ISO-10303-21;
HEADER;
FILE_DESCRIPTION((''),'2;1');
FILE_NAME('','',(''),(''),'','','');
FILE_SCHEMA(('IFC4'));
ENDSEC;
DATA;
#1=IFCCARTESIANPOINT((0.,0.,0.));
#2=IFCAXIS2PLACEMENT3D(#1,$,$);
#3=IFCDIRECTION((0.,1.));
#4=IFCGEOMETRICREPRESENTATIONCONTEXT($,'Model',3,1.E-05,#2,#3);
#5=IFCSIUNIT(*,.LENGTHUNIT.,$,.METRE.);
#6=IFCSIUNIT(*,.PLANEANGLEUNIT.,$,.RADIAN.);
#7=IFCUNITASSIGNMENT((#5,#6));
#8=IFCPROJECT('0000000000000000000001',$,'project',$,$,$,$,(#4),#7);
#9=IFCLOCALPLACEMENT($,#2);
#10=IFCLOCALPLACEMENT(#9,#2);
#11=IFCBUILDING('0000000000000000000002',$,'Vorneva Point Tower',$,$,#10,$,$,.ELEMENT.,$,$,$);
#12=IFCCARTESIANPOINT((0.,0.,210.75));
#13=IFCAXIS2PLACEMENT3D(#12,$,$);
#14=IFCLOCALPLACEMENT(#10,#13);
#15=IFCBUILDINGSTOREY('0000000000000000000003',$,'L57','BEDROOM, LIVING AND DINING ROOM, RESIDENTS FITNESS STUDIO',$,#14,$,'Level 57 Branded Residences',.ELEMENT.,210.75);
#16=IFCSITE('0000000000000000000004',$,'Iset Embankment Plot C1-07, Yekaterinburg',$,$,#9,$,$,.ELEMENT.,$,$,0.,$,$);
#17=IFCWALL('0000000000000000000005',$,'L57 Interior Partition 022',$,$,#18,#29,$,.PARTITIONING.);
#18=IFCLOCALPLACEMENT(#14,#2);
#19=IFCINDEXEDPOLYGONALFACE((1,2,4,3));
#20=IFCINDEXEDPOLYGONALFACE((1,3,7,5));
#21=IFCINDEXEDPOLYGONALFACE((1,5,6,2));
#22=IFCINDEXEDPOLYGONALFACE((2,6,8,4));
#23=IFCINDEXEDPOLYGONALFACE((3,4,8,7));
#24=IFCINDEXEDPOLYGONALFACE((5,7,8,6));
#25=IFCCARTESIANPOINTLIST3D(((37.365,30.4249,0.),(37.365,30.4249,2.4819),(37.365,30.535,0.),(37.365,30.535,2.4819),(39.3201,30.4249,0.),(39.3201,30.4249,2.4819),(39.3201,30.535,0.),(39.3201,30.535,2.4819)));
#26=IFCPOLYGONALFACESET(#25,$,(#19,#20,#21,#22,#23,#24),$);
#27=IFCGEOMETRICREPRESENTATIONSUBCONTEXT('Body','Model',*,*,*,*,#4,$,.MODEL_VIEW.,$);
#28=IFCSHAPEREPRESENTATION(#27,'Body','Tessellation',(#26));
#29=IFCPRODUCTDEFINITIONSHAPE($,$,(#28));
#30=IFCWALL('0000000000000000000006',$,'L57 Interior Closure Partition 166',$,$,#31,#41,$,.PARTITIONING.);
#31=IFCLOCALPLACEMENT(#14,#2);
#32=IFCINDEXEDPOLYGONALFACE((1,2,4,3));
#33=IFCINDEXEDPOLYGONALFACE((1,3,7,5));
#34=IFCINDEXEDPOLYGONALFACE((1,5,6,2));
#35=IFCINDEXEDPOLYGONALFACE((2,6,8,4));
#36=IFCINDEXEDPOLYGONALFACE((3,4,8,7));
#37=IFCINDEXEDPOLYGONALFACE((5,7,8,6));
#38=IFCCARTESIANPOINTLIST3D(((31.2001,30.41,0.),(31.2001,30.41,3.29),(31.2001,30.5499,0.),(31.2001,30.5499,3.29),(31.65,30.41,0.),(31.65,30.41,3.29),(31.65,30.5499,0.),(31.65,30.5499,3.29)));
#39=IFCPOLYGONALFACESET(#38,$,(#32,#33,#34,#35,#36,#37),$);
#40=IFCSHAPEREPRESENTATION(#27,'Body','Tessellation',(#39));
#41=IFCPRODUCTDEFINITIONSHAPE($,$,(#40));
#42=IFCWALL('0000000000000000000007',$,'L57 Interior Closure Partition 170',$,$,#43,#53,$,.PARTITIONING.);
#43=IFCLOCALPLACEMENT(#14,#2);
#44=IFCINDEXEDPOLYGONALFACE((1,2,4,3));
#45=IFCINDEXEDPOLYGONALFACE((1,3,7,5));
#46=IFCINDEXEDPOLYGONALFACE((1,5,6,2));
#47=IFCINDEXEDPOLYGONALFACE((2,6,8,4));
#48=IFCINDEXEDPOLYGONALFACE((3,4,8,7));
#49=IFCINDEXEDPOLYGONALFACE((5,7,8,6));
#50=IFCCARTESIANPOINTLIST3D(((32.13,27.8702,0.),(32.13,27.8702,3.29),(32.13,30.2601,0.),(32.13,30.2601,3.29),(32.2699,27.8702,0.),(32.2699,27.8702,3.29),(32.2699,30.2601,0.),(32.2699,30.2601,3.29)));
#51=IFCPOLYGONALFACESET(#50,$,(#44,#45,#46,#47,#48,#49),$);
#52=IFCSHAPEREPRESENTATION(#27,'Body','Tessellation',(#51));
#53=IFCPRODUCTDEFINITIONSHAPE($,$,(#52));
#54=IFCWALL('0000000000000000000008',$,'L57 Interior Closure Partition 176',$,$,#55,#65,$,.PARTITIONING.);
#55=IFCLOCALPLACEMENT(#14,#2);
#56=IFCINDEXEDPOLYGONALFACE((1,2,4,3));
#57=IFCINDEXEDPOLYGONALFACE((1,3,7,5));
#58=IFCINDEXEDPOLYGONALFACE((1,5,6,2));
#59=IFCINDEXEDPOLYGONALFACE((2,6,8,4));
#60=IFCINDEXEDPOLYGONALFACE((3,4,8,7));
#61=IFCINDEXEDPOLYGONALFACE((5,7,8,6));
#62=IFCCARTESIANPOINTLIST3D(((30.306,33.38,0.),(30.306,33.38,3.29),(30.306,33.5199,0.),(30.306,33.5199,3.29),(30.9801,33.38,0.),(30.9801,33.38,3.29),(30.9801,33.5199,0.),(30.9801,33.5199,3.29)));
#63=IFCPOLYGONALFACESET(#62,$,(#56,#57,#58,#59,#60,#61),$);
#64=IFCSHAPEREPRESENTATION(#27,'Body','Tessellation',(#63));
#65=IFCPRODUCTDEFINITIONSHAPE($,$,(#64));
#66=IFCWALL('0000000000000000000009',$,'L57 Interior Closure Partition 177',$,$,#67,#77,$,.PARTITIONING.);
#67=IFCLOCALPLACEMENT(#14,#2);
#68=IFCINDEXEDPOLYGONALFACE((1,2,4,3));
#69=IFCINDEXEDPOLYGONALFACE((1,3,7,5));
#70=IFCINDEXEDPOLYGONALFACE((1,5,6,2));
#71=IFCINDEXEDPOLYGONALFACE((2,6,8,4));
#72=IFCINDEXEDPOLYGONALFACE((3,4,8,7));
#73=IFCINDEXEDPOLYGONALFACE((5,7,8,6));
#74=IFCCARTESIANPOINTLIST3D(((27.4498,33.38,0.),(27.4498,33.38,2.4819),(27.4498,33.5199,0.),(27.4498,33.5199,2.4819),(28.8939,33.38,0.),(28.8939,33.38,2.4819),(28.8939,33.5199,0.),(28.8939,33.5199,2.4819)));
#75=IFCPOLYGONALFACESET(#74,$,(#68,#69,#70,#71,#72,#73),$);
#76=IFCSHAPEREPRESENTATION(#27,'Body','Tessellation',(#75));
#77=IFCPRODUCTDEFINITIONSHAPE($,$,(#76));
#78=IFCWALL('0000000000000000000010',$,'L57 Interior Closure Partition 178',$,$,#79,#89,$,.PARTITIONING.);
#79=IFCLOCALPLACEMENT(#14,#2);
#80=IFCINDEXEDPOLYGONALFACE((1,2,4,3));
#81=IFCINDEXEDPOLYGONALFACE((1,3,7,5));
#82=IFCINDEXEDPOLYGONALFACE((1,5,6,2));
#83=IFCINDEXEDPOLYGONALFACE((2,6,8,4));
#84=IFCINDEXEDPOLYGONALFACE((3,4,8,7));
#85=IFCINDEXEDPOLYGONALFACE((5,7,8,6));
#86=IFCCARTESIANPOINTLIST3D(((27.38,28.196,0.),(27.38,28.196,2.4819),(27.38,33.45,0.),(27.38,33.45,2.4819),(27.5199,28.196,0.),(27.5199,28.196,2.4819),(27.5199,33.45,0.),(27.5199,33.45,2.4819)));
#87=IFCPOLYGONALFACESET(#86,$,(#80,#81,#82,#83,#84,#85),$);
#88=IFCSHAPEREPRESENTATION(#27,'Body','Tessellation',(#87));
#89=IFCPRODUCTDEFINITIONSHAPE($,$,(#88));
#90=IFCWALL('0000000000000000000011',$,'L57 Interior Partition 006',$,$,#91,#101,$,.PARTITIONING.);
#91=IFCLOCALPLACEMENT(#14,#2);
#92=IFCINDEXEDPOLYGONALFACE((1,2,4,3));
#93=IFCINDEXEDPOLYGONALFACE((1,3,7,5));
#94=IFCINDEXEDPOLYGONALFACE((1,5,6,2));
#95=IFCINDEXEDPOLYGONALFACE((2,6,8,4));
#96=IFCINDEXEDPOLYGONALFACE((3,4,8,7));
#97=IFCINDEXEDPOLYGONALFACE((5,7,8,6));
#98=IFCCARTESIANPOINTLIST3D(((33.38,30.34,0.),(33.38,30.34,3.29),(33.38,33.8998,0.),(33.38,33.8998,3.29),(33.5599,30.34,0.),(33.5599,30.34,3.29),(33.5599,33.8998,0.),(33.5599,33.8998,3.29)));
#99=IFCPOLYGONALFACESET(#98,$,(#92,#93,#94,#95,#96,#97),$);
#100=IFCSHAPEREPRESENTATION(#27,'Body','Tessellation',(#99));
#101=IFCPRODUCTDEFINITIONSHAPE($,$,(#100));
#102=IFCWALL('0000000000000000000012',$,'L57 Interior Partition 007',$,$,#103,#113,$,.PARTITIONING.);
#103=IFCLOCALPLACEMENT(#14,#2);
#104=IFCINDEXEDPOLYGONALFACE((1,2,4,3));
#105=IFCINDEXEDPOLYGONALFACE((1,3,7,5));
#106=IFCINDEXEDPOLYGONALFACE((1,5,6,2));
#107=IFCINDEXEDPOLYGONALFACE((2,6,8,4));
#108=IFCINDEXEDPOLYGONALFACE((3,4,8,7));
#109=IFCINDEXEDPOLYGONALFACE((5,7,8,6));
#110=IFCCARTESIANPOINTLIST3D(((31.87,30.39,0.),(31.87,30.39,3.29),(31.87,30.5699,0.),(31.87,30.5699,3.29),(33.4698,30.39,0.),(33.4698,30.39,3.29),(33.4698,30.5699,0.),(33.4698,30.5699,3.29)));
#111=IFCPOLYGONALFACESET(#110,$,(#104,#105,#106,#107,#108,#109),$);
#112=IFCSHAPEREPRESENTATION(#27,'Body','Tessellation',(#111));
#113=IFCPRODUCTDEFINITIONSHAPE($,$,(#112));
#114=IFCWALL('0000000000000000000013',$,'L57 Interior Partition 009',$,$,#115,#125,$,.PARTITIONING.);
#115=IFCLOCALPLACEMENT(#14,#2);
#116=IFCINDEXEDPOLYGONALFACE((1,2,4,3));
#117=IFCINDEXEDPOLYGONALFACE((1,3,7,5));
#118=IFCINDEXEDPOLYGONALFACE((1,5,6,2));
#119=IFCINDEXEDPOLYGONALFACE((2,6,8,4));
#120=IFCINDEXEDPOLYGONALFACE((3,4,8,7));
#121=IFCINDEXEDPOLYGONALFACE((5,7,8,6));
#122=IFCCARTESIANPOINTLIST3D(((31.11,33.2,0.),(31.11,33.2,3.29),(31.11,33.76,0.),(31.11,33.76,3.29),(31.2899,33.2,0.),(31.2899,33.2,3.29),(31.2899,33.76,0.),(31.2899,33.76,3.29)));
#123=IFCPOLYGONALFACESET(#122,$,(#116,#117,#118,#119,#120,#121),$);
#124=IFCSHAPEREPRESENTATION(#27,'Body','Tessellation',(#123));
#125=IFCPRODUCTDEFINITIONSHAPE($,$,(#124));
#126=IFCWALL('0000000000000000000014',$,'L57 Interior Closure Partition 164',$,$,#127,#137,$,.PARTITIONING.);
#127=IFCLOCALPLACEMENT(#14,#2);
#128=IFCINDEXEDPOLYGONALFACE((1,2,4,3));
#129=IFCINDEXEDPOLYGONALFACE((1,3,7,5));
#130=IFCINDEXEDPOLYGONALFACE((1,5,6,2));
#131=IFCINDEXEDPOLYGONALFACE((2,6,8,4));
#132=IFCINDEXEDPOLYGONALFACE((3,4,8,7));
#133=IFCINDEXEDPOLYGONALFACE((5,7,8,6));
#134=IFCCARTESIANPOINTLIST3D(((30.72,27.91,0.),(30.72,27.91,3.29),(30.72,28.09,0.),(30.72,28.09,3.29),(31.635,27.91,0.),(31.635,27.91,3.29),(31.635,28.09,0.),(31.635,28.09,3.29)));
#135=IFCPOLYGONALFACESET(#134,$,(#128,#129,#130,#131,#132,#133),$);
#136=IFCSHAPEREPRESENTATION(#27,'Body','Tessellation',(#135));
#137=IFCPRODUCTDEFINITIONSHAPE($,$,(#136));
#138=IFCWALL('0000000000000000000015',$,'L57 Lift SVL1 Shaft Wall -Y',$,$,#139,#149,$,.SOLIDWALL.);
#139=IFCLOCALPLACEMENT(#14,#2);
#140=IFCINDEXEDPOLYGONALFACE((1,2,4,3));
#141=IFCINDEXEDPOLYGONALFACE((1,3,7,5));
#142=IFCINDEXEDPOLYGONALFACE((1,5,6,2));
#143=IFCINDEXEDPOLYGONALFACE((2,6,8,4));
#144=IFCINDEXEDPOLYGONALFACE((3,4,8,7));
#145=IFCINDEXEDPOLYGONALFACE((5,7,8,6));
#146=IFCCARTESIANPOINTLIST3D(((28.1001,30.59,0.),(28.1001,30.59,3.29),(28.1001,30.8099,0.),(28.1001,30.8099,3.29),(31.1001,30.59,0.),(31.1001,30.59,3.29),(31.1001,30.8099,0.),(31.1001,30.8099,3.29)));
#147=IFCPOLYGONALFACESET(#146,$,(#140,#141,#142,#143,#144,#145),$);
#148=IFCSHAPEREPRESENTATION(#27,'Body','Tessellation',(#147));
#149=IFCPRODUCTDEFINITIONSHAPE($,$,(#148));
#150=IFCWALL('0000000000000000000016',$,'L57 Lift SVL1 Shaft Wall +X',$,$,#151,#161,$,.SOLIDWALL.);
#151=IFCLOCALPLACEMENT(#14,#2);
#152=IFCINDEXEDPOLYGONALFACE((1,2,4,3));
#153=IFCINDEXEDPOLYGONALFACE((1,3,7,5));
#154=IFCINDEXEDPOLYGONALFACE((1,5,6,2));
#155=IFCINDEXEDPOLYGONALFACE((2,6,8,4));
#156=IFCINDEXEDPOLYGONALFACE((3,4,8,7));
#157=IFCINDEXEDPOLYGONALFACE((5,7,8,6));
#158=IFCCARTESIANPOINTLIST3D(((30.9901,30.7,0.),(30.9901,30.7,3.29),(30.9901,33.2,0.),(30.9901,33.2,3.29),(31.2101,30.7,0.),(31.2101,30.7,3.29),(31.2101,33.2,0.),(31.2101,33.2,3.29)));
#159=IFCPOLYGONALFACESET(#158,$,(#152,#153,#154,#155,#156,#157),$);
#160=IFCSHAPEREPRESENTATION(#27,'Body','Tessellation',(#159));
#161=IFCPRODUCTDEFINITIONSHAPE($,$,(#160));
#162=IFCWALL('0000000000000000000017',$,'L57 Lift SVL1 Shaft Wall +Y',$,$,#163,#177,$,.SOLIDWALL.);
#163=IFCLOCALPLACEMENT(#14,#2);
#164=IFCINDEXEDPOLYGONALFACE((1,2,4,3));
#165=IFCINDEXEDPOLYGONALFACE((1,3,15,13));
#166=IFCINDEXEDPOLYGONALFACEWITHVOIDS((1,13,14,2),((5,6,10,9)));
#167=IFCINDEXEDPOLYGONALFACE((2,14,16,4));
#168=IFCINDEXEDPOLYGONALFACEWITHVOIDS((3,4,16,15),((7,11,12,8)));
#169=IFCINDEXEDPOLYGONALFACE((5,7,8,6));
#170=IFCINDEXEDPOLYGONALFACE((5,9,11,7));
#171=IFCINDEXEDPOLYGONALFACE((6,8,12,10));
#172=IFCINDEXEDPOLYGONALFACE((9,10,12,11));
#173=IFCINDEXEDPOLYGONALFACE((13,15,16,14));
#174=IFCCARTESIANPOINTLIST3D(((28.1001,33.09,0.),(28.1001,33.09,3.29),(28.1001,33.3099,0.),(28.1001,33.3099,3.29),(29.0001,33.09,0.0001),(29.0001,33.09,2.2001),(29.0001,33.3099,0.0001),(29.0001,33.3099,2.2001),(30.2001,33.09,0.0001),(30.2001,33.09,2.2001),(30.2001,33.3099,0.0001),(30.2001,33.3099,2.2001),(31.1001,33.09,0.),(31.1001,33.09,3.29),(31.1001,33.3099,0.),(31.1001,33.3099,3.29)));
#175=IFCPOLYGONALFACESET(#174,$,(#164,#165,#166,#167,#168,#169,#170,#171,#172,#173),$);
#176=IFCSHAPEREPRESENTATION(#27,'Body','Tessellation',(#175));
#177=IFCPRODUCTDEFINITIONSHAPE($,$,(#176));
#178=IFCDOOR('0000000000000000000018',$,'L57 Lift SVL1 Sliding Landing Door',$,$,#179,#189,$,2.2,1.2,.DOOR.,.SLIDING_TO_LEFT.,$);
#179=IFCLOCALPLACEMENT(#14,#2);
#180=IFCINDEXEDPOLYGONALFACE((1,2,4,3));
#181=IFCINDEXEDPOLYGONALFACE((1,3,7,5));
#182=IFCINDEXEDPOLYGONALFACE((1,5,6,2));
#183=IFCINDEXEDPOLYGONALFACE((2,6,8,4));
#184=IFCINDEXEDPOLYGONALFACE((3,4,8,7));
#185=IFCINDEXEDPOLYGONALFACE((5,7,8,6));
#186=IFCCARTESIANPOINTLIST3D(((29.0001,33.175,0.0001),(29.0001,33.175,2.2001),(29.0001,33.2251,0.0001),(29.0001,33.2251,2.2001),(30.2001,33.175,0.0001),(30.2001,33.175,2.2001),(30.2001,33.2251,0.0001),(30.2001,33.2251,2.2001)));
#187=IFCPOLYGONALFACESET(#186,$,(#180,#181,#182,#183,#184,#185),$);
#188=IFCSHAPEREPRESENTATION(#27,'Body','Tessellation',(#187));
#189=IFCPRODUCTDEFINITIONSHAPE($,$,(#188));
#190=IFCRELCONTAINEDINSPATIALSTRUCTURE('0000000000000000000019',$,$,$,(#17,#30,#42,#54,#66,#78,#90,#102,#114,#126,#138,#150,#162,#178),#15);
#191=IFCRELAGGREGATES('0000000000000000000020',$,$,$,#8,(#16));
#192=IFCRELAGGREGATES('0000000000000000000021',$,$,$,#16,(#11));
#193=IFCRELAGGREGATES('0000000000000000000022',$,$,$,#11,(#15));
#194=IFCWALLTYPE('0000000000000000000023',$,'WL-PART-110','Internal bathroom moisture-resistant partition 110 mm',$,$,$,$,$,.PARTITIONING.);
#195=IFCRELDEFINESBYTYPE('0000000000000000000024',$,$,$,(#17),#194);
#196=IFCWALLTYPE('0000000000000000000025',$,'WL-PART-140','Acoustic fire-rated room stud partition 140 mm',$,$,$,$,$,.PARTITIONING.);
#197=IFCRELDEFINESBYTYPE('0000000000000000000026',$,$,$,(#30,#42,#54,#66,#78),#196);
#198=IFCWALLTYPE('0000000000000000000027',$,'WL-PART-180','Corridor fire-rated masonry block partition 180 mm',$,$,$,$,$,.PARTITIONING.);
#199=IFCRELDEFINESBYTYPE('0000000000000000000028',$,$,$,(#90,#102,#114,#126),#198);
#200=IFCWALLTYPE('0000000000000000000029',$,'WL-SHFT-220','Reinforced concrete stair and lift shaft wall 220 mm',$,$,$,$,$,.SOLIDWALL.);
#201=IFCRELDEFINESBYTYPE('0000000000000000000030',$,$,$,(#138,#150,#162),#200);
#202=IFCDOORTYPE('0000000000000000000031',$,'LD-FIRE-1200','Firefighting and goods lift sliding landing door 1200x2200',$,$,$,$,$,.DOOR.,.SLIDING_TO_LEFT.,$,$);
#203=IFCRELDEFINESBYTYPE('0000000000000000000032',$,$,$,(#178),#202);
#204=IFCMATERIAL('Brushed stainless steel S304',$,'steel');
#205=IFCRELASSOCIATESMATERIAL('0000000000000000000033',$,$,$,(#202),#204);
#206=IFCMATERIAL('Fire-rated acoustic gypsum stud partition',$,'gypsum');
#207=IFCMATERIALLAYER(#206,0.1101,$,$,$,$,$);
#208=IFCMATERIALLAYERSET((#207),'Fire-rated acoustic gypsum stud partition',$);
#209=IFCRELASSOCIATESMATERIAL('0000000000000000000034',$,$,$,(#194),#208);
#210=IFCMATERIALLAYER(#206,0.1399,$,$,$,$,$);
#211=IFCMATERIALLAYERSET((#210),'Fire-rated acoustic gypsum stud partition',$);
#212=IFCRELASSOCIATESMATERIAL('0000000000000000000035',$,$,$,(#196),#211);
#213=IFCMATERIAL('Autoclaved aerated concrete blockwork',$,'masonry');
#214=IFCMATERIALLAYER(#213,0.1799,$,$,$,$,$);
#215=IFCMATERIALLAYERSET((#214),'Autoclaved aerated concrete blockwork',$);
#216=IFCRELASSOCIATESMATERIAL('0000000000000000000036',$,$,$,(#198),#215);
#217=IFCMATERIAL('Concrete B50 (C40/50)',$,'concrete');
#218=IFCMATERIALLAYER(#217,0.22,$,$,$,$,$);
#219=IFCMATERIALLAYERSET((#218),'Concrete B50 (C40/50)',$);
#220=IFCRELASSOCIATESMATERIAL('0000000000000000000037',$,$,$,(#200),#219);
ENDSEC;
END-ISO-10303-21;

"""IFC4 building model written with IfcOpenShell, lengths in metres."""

from ifc_helpers import new_model, si_unit, direction, frame, frame_2d, origin, place, context, subcontext, project, spatial, rectangle, extrude, material, layer, layer_set, type_object, element, fill, save


model = new_model("IFC4")

# Units and contexts
model_context = context("Model", 3, precision=1e-05, world=origin(), true_north=direction((0.0, 1.0)))
body_context = subcontext(model_context, "Body", "Model", "MODEL_VIEW")
ifc_project = project(units=[si_unit("LENGTHUNIT", "METRE"), si_unit("PLANEANGLEUNIT", "RADIAN")], contexts=[model_context])

# Site, building, storey
site_placement = place(None, origin())
site = spatial("IfcSite", under=ifc_project, at=site_placement, Name="Iset Embankment Plot C1-07, Yekaterinburg", CompositionType="ELEMENT", RefElevation=0.0)
building_placement = place(site_placement, origin())
building = spatial("IfcBuilding", under=site, at=building_placement, Name="Vorneva Point Tower", CompositionType="ELEMENT")
storey_placement = place(building_placement, frame((0.0, 0.0, 210.75)))
storey = spatial("IfcBuildingStorey", under=building, at=storey_placement, Name="L57", Description="BEDROOM, LIVING AND DINING ROOM, RESIDENTS FITNESS STUDIO", LongName="Level 57 Branded Residences", CompositionType="ELEMENT", Elevation=210.75)

# Shared definitions
ifc_material_1 = material(Name="Concrete B50 (C40/50)", Category="concrete")

# Shared definitions
ifc_material_2 = material(Name="Brushed stainless steel S304", Category="steel")
door_type_1 = type_object("IfcDoorType", Name="LD-FIRE-1200", Description="Firefighting and goods lift sliding landing door 1200x2200", OperationType="SLIDING_TO_LEFT", PredefinedType="DOOR", material=ifc_material_2)

# Walls
ifc_material_3 = material(Name="Fire-rated acoustic gypsum stud partition", Category="gypsum")
ifc_layer_1 = layer(ifc_material_3, 0.1101)
ifc_layer_set_1 = layer_set([ifc_layer_1], Name="Fire-rated acoustic gypsum stud partition")
wall_type_1 = type_object("IfcWallType", Name="WL-PART-110", Description="Internal bathroom moisture-resistant partition 110 mm", PredefinedType="PARTITIONING", material=ifc_layer_set_1)
wall_1_placement = place(storey_placement, frame((37.365, 30.48, 0.0), z_axis=(0.0, 0.0, 1.0), x_axis=(1.0, 0.0, 0.0)))
element("IfcWall", 1, at=wall_1_placement, inside=storey, type_object=wall_type_1, Name="L57 Interior Partition 022", PredefinedType="PARTITIONING", context=body_context, shape_type="SweptSolid", body=[
    extrude(rectangle(XDim=1.9551, YDim=0.1101, at=frame_2d((0.9775, 0.0))), origin(), (0.0, 0.0, 1.0), 2.4819),
])
ifc_layer_2 = layer(ifc_material_3, 0.1399)
ifc_layer_set_2 = layer_set([ifc_layer_2], Name="Fire-rated acoustic gypsum stud partition")
wall_type_2 = type_object("IfcWallType", Name="WL-PART-140", Description="Acoustic fire-rated room stud partition 140 mm", PredefinedType="PARTITIONING", material=ifc_layer_set_2)
wall_2_placement = place(storey_placement, frame((31.2, 30.48, 0.0), z_axis=(0.0, 0.0, 1.0), x_axis=(1.0, 0.0, 0.0)))
element("IfcWall", 2, at=wall_2_placement, inside=storey, type_object=wall_type_2, Name="L57 Interior Closure Partition 166", PredefinedType="PARTITIONING", context=body_context, shape_type="SweptSolid", body=[
    extrude(rectangle(XDim=0.45, YDim=0.1399, at=frame_2d((0.2251, 0.0))), origin(), (0.0, 0.0, 1.0), 3.29),
])
wall_3_placement = place(storey_placement, frame((32.2, 30.26, 0.0), z_axis=(0.0, 0.0, 1.0), x_axis=(0.0, -1.0, 0.0)))
element("IfcWall", 3, at=wall_3_placement, inside=storey, type_object=wall_type_2, Name="L57 Interior Closure Partition 170", PredefinedType="PARTITIONING", context=body_context, shape_type="SweptSolid", body=[
    extrude(rectangle(XDim=2.3899, YDim=0.1399, at=frame_2d((1.1948, 0.0))), origin(), (0.0, 0.0, 1.0), 3.29),
])
wall_4_placement = place(storey_placement, frame((30.98, 33.45, 0.0), z_axis=(0.0, 0.0, 1.0), x_axis=(-1.0, 0.0, 0.0)))
element("IfcWall", 4, at=wall_4_placement, inside=storey, type_object=wall_type_2, Name="L57 Interior Closure Partition 176", PredefinedType="PARTITIONING", context=body_context, shape_type="SweptSolid", body=[
    extrude(rectangle(XDim=0.6741, YDim=0.1399, at=frame_2d((0.3369, 0.0))), origin(), (0.0, 0.0, 1.0), 3.29),
])
wall_5_placement = place(storey_placement, frame((28.894, 33.45, 0.0), z_axis=(0.0, 0.0, 1.0), x_axis=(-1.0, 0.0, 0.0)))
element("IfcWall", 5, at=wall_5_placement, inside=storey, type_object=wall_type_2, Name="L57 Interior Closure Partition 177", PredefinedType="PARTITIONING", context=body_context, shape_type="SweptSolid", body=[
    extrude(rectangle(XDim=1.4441, YDim=0.1399, at=frame_2d((0.7222, 0.0))), origin(), (0.0, 0.0, 1.0), 2.4819),
])
wall_6_placement = place(storey_placement, frame((27.45, 33.45, 0.0), z_axis=(0.0, 0.0, 1.0), x_axis=(0.0, -1.0, 0.0)))
element("IfcWall", 6, at=wall_6_placement, inside=storey, type_object=wall_type_2, Name="L57 Interior Closure Partition 178", PredefinedType="PARTITIONING", context=body_context, shape_type="SweptSolid", body=[
    extrude(rectangle(XDim=5.2539, YDim=0.1399, at=frame_2d((2.627, 0.0))), origin(), (0.0, 0.0, 1.0), 2.4819),
])

# Shared definitions
ifc_material_4 = material(Name="Autoclaved aerated concrete blockwork", Category="masonry")
ifc_layer_3 = layer(ifc_material_4, 0.1799)
ifc_layer_set_3 = layer_set([ifc_layer_3], Name="Autoclaved aerated concrete blockwork")
wall_type_3 = type_object("IfcWallType", Name="WL-PART-180", Description="Corridor fire-rated masonry block partition 180 mm", PredefinedType="PARTITIONING", material=ifc_layer_set_3)

# Walls
wall_7_placement = place(storey_placement, frame((33.47, 30.3401, 0.0), z_axis=(0.0, 0.0, 1.0), x_axis=(0.0, 1.0, 0.0)))
element("IfcWall", 7, at=wall_7_placement, inside=storey, type_object=wall_type_3, Name="L57 Interior Partition 006", PredefinedType="PARTITIONING", context=body_context, shape_type="SweptSolid", body=[
    extrude(rectangle(XDim=3.5598, YDim=0.1799, at=frame_2d((1.7798, 0.0))), origin(), (0.0, 0.0, 1.0), 3.29),
])
wall_8_placement = place(storey_placement, frame((31.8701, 30.48, 0.0), z_axis=(0.0, 0.0, 1.0), x_axis=(1.0, 0.0, 0.0)))
element("IfcWall", 8, at=wall_8_placement, inside=storey, type_object=wall_type_3, Name="L57 Interior Partition 007", PredefinedType="PARTITIONING", context=body_context, shape_type="SweptSolid", body=[
    extrude(rectangle(XDim=1.5999, YDim=0.1799, at=frame_2d((0.7998, 0.0))), origin(), (0.0, 0.0, 1.0), 3.29),
])
wall_9_placement = place(storey_placement, frame((31.2, 33.76, 0.0), z_axis=(0.0, 0.0, 1.0), x_axis=(0.0, -1.0, 0.0)))
element("IfcWall", 9, at=wall_9_placement, inside=storey, type_object=wall_type_3, Name="L57 Interior Partition 009", PredefinedType="PARTITIONING", context=body_context, shape_type="SweptSolid", body=[
    extrude(rectangle(XDim=0.5601, YDim=0.1799, at=frame_2d((0.28, 0.0))), origin(), (0.0, 0.0, 1.0), 3.29),
])
wall_10_placement = place(storey_placement, frame((31.635, 28.0, 0.0), z_axis=(0.0, 0.0, 1.0), x_axis=(-1.0, 0.0, 0.0)))
element("IfcWall", 10, at=wall_10_placement, inside=storey, type_object=wall_type_3, Name="L57 Interior Closure Partition 164", PredefinedType="PARTITIONING", context=body_context, shape_type="SweptSolid", body=[
    extrude(rectangle(XDim=0.915, YDim=0.1799, at=frame_2d((0.4575, 0.0))), origin(), (0.0, 0.0, 1.0), 3.29),
])
ifc_layer_4 = layer(ifc_material_1, 0.22)
ifc_layer_set_4 = layer_set([ifc_layer_4], Name="Concrete B50 (C40/50)")
wall_type_4 = type_object("IfcWallType", Name="WL-SHFT-220", Description="Reinforced concrete stair and lift shaft wall 220 mm", PredefinedType="SOLIDWALL", material=ifc_layer_set_4)
wall_11_placement = place(storey_placement, frame((28.1001, 30.7, 0.0), z_axis=(0.0, 0.0, 1.0), x_axis=(1.0, 0.0, 0.0)))
element("IfcWall", 11, at=wall_11_placement, inside=storey, type_object=wall_type_4, Name="L57 Lift SVL1 Shaft Wall -Y", PredefinedType="SOLIDWALL", context=body_context, shape_type="SweptSolid", body=[
    extrude(rectangle(XDim=3.0, YDim=0.22, at=frame_2d((1.5, 0.0))), origin(), (0.0, 0.0, 1.0), 3.29),
])
wall_12_placement = place(storey_placement, frame((31.1001, 30.7, 0.0), z_axis=(0.0, 0.0, 1.0), x_axis=(0.0, 1.0, 0.0)))
element("IfcWall", 12, at=wall_12_placement, inside=storey, type_object=wall_type_4, Name="L57 Lift SVL1 Shaft Wall +X", PredefinedType="SOLIDWALL", context=body_context, shape_type="SweptSolid", body=[
    extrude(rectangle(XDim=2.5, YDim=0.22, at=frame_2d((1.25, 0.0))), origin(), (0.0, 0.0, 1.0), 3.29),
])

# Wall, opening, door
wall_13_placement = place(storey_placement, frame((31.1001, 33.2, 0.0), z_axis=(0.0, 0.0, 1.0), x_axis=(-1.0, 0.0, 0.0)))
wall_13 = element("IfcWall", 13, at=wall_13_placement, inside=storey, type_object=wall_type_4, Name="L57 Lift SVL1 Shaft Wall +Y", PredefinedType="SOLIDWALL", context=body_context, shape_type="SweptSolid", body=[
    extrude(rectangle(XDim=3.0, YDim=0.22, at=frame_2d((1.5, 0.0))), origin(), (0.0, 0.0, 1.0), 3.29),
])
opening_1_placement = place(wall_13_placement, frame((0.8999, 0.0, 0.0)))
opening_1 = element("IfcOpeningElement", 14, at=opening_1_placement, cuts=wall_13, PredefinedType="OPENING", context=body_context, shape_type="SweptSolid", body=[
    extrude(rectangle(XDim=1.2, YDim=2.2, at=frame_2d((0.6001, 1.1001))), frame((0.0, 0.125, 0.0), z_axis=(0.0, -1.0, 0.0), x_axis=(1.0, 0.0, 0.0)), (0.0, 0.0, 1.0), 0.2498),
])
door_1_placement = place(opening_1_placement, origin())
door_1 = element("IfcDoor", 15, at=door_1_placement, inside=storey, type_object=door_type_1, Name="L57 Lift SVL1 Sliding Landing Door", OperationType="SLIDING_TO_LEFT", OverallHeight=2.2, OverallWidth=1.2, PredefinedType="DOOR", context=body_context, shape_type="SweptSolid", body=[
    extrude(rectangle(XDim=1.2, YDim=2.2, at=frame_2d((0.6001, 1.1001))), frame((0.0, 0.0249, 0.0), z_axis=(0.0, -1.0, 0.0), x_axis=(1.0, 0.0, 0.0)), (0.0, 0.0, 1.0), 0.05),
])
fill(opening_1, door_1)

save(model, "model.ifc")
